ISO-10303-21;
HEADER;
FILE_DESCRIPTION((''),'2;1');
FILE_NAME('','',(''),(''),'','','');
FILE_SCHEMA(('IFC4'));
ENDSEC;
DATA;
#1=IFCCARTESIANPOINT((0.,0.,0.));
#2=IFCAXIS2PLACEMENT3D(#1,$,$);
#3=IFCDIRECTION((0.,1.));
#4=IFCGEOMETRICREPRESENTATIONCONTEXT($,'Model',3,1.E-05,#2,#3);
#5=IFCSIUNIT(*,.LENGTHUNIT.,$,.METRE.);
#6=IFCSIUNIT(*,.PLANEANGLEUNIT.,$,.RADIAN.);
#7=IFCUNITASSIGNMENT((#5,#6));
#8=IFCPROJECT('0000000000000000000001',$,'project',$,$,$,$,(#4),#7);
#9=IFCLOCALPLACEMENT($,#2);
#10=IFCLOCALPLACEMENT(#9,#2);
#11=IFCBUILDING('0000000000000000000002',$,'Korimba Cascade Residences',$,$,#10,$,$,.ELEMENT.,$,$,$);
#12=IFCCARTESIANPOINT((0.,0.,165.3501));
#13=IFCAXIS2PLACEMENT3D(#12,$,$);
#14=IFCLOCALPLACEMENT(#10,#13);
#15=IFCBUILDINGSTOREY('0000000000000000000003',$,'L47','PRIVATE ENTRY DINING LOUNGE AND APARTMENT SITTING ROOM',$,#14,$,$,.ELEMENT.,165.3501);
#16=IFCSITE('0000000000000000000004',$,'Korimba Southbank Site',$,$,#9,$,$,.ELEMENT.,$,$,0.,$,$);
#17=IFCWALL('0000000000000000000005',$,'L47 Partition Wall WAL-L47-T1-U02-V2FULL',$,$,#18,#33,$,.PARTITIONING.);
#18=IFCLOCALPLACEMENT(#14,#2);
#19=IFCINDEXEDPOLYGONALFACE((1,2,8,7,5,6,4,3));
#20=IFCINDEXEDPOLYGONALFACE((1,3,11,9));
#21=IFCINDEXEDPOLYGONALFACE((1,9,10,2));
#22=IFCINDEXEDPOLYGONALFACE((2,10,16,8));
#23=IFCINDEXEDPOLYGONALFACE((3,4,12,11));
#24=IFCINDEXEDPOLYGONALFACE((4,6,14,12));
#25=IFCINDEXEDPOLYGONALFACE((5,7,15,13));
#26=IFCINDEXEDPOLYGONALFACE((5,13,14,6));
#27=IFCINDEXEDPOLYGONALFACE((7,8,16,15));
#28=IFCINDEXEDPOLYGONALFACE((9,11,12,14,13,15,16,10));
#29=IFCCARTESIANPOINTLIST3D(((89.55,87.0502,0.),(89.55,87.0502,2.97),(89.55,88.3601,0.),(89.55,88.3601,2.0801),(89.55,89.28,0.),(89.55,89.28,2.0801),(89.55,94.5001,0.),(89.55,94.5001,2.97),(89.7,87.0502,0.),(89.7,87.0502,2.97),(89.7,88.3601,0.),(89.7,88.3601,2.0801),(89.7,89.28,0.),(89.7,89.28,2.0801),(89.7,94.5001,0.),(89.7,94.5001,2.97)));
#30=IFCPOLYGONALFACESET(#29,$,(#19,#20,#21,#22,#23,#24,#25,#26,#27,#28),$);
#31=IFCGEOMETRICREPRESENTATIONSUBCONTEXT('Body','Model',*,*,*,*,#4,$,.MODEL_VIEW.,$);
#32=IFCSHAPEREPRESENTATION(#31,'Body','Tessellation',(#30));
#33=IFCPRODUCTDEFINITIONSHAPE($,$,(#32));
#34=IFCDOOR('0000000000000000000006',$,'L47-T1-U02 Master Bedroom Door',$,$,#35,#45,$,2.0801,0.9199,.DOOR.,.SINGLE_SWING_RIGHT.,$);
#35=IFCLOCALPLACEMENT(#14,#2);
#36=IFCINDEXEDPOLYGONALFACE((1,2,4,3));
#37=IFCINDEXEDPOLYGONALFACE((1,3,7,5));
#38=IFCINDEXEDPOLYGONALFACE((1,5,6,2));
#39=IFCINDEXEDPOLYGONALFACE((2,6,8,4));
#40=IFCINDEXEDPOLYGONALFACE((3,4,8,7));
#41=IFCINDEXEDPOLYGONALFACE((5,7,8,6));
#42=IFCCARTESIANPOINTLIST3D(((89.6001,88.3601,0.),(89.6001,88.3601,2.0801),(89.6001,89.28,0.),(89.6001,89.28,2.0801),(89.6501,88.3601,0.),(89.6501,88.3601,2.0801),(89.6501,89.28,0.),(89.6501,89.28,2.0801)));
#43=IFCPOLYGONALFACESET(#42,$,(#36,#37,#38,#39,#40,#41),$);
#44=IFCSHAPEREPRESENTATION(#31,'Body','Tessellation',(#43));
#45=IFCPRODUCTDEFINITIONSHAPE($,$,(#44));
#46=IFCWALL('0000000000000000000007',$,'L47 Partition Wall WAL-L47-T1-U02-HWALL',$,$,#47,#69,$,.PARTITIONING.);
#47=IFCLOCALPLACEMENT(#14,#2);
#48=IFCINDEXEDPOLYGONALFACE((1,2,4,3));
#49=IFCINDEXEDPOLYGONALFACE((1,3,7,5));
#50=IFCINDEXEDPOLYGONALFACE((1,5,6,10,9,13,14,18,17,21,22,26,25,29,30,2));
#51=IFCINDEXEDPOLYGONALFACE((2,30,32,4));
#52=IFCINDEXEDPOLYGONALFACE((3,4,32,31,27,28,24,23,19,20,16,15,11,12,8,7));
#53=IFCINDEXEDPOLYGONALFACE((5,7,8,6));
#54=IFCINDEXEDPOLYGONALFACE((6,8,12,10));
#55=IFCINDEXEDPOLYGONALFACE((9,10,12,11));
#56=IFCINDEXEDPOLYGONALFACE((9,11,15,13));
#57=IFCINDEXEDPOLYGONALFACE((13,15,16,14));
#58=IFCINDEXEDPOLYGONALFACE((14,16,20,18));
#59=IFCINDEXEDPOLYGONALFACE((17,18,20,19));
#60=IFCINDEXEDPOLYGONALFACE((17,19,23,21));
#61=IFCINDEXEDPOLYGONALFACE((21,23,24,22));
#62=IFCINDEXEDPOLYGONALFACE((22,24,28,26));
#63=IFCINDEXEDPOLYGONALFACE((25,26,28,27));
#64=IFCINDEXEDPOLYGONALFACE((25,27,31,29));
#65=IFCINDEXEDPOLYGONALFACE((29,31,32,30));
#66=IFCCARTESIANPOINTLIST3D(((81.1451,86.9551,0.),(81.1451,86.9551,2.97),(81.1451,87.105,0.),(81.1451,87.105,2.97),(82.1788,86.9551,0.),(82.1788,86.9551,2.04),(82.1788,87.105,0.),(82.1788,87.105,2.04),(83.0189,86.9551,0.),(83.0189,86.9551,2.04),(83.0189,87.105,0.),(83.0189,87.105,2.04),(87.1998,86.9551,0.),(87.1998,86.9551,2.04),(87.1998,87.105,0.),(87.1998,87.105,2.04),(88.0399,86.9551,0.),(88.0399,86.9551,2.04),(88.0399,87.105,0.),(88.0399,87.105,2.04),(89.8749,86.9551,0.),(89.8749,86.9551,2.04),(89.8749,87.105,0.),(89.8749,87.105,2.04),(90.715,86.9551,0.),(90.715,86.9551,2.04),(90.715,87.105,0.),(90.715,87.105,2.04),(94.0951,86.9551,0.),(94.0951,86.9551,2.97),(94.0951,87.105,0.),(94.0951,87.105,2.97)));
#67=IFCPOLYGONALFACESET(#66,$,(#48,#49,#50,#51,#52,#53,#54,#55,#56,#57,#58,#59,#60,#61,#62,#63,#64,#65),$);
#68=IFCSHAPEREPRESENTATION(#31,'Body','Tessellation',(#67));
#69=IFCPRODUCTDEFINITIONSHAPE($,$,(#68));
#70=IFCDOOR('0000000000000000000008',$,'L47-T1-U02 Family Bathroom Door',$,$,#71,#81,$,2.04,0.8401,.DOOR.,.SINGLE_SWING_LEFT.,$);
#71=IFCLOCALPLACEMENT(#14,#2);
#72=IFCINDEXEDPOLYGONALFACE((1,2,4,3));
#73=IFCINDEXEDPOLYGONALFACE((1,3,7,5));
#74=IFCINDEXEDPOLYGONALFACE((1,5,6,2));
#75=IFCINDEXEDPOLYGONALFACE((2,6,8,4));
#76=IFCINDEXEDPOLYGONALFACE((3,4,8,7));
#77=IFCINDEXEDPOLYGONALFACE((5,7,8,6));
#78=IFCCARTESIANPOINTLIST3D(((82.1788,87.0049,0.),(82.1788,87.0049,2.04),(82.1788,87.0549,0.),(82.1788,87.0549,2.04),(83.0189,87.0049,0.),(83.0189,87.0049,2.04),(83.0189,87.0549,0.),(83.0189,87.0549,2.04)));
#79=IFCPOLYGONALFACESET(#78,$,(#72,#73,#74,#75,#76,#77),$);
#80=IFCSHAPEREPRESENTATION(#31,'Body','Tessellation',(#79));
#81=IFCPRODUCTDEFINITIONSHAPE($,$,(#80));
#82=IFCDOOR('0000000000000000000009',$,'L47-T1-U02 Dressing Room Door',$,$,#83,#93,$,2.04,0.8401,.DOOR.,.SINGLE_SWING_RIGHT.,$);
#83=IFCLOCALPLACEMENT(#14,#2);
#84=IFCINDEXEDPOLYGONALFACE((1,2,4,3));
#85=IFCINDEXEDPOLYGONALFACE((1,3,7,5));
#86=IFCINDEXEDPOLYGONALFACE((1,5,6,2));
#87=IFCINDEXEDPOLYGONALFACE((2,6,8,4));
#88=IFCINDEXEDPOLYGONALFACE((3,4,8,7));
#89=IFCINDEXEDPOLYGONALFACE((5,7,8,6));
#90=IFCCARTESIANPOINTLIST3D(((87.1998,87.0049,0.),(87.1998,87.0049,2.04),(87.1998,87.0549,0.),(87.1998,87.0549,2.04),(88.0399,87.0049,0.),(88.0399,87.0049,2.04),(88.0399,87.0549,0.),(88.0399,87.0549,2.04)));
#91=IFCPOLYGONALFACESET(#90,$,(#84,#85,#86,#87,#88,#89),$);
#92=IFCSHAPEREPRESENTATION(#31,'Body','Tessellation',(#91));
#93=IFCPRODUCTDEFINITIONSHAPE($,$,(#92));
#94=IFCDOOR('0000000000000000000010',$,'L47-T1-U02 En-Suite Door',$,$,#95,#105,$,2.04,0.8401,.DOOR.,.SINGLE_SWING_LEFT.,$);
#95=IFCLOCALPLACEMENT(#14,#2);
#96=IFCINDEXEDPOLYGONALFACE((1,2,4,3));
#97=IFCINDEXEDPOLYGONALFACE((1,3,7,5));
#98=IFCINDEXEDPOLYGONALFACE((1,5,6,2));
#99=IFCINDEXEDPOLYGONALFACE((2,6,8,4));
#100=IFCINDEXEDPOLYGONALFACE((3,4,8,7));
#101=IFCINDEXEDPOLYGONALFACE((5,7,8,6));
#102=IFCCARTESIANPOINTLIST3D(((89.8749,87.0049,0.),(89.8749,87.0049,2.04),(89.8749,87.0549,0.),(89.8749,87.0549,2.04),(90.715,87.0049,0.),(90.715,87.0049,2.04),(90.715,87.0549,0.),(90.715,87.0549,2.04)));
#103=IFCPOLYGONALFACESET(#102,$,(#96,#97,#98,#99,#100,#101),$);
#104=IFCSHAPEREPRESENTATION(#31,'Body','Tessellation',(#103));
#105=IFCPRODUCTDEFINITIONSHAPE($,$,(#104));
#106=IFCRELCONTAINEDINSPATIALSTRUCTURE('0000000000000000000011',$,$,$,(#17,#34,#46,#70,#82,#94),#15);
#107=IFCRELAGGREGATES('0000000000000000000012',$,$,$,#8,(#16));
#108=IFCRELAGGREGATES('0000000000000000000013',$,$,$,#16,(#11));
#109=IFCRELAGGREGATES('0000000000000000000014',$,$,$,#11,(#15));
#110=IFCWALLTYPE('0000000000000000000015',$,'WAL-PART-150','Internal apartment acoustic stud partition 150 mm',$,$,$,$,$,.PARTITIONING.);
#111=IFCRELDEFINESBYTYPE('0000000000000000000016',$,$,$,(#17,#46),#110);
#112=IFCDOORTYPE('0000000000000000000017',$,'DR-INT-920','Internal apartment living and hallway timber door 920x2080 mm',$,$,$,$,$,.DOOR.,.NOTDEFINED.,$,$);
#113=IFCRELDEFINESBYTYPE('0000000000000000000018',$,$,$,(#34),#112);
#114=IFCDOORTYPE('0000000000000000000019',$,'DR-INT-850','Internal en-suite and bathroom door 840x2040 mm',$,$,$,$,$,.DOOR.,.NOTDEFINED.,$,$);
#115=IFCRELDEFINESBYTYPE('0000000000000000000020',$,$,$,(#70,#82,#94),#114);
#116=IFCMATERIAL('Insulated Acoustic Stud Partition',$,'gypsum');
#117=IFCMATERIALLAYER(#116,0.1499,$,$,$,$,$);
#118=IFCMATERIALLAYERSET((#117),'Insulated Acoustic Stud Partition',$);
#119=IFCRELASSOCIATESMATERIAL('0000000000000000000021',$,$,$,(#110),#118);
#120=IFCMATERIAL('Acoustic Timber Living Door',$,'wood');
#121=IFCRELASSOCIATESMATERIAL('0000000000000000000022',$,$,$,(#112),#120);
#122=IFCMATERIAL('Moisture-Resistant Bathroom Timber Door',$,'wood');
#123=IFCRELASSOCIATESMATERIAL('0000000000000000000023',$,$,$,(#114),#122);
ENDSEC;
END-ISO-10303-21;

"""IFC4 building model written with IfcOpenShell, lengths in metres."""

from ifc_helpers import new_model, si_unit, direction, frame, frame_2d, origin, place, context, subcontext, project, spatial, rectangle, extrude, material, layer, layer_set, type_object, element, fill, save


model = new_model("IFC4")

# Units and contexts
model_context = context("Model", 3, precision=1e-05, world=origin(), true_north=direction((0.0, 1.0)))
body_context = subcontext(model_context, "Body", "Model", "MODEL_VIEW")
ifc_project = project(units=[si_unit("LENGTHUNIT", "METRE"), si_unit("PLANEANGLEUNIT", "RADIAN")], contexts=[model_context])

# Site, building, storey
site_placement = place(None, origin())
site = spatial("IfcSite", under=ifc_project, at=site_placement, Name="Korimba Southbank Site", CompositionType="ELEMENT", RefElevation=0.0)
building_placement = place(site_placement, origin())
building = spatial("IfcBuilding", under=site, at=building_placement, Name="Korimba Cascade Residences", CompositionType="ELEMENT")
storey_placement = place(building_placement, frame((0.0, 0.0, 165.3501)))
storey = spatial("IfcBuildingStorey", under=building, at=storey_placement, Name="L47", Description="PRIVATE ENTRY DINING LOUNGE AND APARTMENT SITTING ROOM", CompositionType="ELEMENT", Elevation=165.3501)

# Shared definitions
ifc_material_1 = material(Name="Insulated Acoustic Stud Partition", Category="gypsum")
ifc_layer = layer(ifc_material_1, 0.1499)
ifc_layer_set = layer_set([ifc_layer], Name="Insulated Acoustic Stud Partition")
wall_type = type_object("IfcWallType", Name="WAL-PART-150", Description="Internal apartment acoustic stud partition 150 mm", PredefinedType="PARTITIONING", material=ifc_layer_set)

# Wall, opening, door
wall_1_placement = place(storey_placement, frame((89.625, 87.05, 0.0), z_axis=(0.0, 0.0, 1.0), x_axis=(0.0, 1.0, 0.0)))
wall_1 = element("IfcWall", 1, at=wall_1_placement, inside=storey, type_object=wall_type, Name="L47 Partition Wall WAL-L47-T1-U02-V2FULL", PredefinedType="PARTITIONING", context=body_context, shape_type="SweptSolid", body=[
    extrude(rectangle(XDim=7.45, YDim=0.1499, at=frame_2d((3.7251, 0.0))), origin(), (0.0, 0.0, 1.0), 2.97),
])
opening_1_placement = place(wall_1_placement, frame((1.3101, 0.0, 0.0)))
opening_1 = element("IfcOpeningElement", 2, at=opening_1_placement, cuts=wall_1, PredefinedType="OPENING", context=body_context, shape_type="SweptSolid", body=[
    extrude(rectangle(XDim=0.9199, YDim=2.0801, at=frame_2d((0.46, 1.04))), frame((0.0, 0.085, 0.0), z_axis=(0.0, -1.0, 0.0), x_axis=(1.0, 0.0, 0.0)), (0.0, 0.0, 1.0), 0.1699),
])
ifc_material_2 = material(Name="Acoustic Timber Living Door", Category="wood")
door_type_1 = type_object("IfcDoorType", Name="DR-INT-920", Description="Internal apartment living and hallway timber door 920x2080 mm", OperationType="NOTDEFINED", PredefinedType="DOOR", material=ifc_material_2)
door_1_placement = place(opening_1_placement, origin())
door_1 = element("IfcDoor", 3, at=door_1_placement, inside=storey, type_object=door_type_1, Name="L47-T1-U02 Master Bedroom Door", OperationType="SINGLE_SWING_RIGHT", OverallHeight=2.0801, OverallWidth=0.9199, PredefinedType="DOOR", context=body_context, shape_type="SweptSolid", body=[
    extrude(rectangle(XDim=0.9199, YDim=2.0801, at=frame_2d((0.46, 1.04))), frame((0.0, 0.0249, 0.0), z_axis=(0.0, -1.0, 0.0), x_axis=(1.0, 0.0, 0.0)), (0.0, 0.0, 1.0), 0.05),
])
fill(opening_1, door_1)

# Wall, openings, doors
wall_2_placement = place(storey_placement, frame((81.145, 87.03, 0.0), z_axis=(0.0, 0.0, 1.0), x_axis=(1.0, 0.0, 0.0)))
wall_2 = element("IfcWall", 4, at=wall_2_placement, inside=storey, type_object=wall_type, Name="L47 Partition Wall WAL-L47-T1-U02-HWALL", PredefinedType="PARTITIONING", context=body_context, shape_type="SweptSolid", body=[
    extrude(rectangle(XDim=12.95, YDim=0.1499, at=frame_2d((6.4751, 0.0))), origin(), (0.0, 0.0, 1.0), 2.97),
])
opening_2_placement = place(wall_2_placement, frame((1.0339, 0.0, 0.0)))
opening_2 = element("IfcOpeningElement", 5, at=opening_2_placement, cuts=wall_2, PredefinedType="OPENING", context=body_context, shape_type="SweptSolid", body=[
    extrude(rectangle(XDim=0.8401, YDim=2.04, at=frame_2d((0.4199, 1.02))), frame((0.0, 0.085, 0.0), z_axis=(0.0, -1.0, 0.0), x_axis=(1.0, 0.0, 0.0)), (0.0, 0.0, 1.0), 0.1699),
])
opening_3_placement = place(wall_2_placement, frame((6.0549, 0.0, 0.0)))
opening_3 = element("IfcOpeningElement", 6, at=opening_3_placement, cuts=wall_2, PredefinedType="OPENING", context=body_context, shape_type="SweptSolid", body=[
    extrude(rectangle(XDim=0.8401, YDim=2.04, at=frame_2d((0.4199, 1.02))), frame((0.0, 0.085, 0.0), z_axis=(0.0, -1.0, 0.0), x_axis=(1.0, 0.0, 0.0)), (0.0, 0.0, 1.0), 0.1699),
])
opening_4_placement = place(wall_2_placement, frame((8.73, 0.0, 0.0)))
opening_4 = element("IfcOpeningElement", 7, at=opening_4_placement, cuts=wall_2, PredefinedType="OPENING", context=body_context, shape_type="SweptSolid", body=[
    extrude(rectangle(XDim=0.8401, YDim=2.04, at=frame_2d((0.4199, 1.02))), frame((0.0, 0.085, 0.0), z_axis=(0.0, -1.0, 0.0), x_axis=(1.0, 0.0, 0.0)), (0.0, 0.0, 1.0), 0.1699),
])
ifc_material_3 = material(Name="Moisture-Resistant Bathroom Timber Door", Category="wood")
door_type_2 = type_object("IfcDoorType", Name="DR-INT-850", Description="Internal en-suite and bathroom door 840x2040 mm", OperationType="NOTDEFINED", PredefinedType="DOOR", material=ifc_material_3)
door_2_placement = place(opening_2_placement, origin())
door_2 = element("IfcDoor", 8, at=door_2_placement, inside=storey, type_object=door_type_2, Name="L47-T1-U02 Family Bathroom Door", OperationType="SINGLE_SWING_LEFT", OverallHeight=2.04, OverallWidth=0.8401, PredefinedType="DOOR", context=body_context, shape_type="SweptSolid", body=[
    extrude(rectangle(XDim=0.8401, YDim=2.04, at=frame_2d((0.4199, 1.02))), frame((0.0, 0.0249, 0.0), z_axis=(0.0, -1.0, 0.0), x_axis=(1.0, 0.0, 0.0)), (0.0, 0.0, 1.0), 0.05),
])
fill(opening_2, door_2)
door_3_placement = place(opening_3_placement, origin())
door_3 = element("IfcDoor", 9, at=door_3_placement, inside=storey, type_object=door_type_2, Name="L47-T1-U02 Dressing Room Door", OperationType="SINGLE_SWING_RIGHT", OverallHeight=2.04, OverallWidth=0.8401, PredefinedType="DOOR", context=body_context, shape_type="SweptSolid", body=[
    extrude(rectangle(XDim=0.8401, YDim=2.04, at=frame_2d((0.4199, 1.02))), frame((0.0, 0.0249, 0.0), z_axis=(0.0, -1.0, 0.0), x_axis=(1.0, 0.0, 0.0)), (0.0, 0.0, 1.0), 0.05),
])
fill(opening_3, door_3)
door_4_placement = place(opening_4_placement, origin())
door_4 = element("IfcDoor", 10, at=door_4_placement, inside=storey, type_object=door_type_2, Name="L47-T1-U02 En-Suite Door", OperationType="SINGLE_SWING_LEFT", OverallHeight=2.04, OverallWidth=0.8401, PredefinedType="DOOR", context=body_context, shape_type="SweptSolid", body=[
    extrude(rectangle(XDim=0.8401, YDim=2.04, at=frame_2d((0.4199, 1.02))), frame((0.0, 0.0249, 0.0), z_axis=(0.0, -1.0, 0.0), x_axis=(1.0, 0.0, 0.0)), (0.0, 0.0, 1.0), 0.05),
])
fill(opening_4, door_4)

save(model, "model.ifc")
